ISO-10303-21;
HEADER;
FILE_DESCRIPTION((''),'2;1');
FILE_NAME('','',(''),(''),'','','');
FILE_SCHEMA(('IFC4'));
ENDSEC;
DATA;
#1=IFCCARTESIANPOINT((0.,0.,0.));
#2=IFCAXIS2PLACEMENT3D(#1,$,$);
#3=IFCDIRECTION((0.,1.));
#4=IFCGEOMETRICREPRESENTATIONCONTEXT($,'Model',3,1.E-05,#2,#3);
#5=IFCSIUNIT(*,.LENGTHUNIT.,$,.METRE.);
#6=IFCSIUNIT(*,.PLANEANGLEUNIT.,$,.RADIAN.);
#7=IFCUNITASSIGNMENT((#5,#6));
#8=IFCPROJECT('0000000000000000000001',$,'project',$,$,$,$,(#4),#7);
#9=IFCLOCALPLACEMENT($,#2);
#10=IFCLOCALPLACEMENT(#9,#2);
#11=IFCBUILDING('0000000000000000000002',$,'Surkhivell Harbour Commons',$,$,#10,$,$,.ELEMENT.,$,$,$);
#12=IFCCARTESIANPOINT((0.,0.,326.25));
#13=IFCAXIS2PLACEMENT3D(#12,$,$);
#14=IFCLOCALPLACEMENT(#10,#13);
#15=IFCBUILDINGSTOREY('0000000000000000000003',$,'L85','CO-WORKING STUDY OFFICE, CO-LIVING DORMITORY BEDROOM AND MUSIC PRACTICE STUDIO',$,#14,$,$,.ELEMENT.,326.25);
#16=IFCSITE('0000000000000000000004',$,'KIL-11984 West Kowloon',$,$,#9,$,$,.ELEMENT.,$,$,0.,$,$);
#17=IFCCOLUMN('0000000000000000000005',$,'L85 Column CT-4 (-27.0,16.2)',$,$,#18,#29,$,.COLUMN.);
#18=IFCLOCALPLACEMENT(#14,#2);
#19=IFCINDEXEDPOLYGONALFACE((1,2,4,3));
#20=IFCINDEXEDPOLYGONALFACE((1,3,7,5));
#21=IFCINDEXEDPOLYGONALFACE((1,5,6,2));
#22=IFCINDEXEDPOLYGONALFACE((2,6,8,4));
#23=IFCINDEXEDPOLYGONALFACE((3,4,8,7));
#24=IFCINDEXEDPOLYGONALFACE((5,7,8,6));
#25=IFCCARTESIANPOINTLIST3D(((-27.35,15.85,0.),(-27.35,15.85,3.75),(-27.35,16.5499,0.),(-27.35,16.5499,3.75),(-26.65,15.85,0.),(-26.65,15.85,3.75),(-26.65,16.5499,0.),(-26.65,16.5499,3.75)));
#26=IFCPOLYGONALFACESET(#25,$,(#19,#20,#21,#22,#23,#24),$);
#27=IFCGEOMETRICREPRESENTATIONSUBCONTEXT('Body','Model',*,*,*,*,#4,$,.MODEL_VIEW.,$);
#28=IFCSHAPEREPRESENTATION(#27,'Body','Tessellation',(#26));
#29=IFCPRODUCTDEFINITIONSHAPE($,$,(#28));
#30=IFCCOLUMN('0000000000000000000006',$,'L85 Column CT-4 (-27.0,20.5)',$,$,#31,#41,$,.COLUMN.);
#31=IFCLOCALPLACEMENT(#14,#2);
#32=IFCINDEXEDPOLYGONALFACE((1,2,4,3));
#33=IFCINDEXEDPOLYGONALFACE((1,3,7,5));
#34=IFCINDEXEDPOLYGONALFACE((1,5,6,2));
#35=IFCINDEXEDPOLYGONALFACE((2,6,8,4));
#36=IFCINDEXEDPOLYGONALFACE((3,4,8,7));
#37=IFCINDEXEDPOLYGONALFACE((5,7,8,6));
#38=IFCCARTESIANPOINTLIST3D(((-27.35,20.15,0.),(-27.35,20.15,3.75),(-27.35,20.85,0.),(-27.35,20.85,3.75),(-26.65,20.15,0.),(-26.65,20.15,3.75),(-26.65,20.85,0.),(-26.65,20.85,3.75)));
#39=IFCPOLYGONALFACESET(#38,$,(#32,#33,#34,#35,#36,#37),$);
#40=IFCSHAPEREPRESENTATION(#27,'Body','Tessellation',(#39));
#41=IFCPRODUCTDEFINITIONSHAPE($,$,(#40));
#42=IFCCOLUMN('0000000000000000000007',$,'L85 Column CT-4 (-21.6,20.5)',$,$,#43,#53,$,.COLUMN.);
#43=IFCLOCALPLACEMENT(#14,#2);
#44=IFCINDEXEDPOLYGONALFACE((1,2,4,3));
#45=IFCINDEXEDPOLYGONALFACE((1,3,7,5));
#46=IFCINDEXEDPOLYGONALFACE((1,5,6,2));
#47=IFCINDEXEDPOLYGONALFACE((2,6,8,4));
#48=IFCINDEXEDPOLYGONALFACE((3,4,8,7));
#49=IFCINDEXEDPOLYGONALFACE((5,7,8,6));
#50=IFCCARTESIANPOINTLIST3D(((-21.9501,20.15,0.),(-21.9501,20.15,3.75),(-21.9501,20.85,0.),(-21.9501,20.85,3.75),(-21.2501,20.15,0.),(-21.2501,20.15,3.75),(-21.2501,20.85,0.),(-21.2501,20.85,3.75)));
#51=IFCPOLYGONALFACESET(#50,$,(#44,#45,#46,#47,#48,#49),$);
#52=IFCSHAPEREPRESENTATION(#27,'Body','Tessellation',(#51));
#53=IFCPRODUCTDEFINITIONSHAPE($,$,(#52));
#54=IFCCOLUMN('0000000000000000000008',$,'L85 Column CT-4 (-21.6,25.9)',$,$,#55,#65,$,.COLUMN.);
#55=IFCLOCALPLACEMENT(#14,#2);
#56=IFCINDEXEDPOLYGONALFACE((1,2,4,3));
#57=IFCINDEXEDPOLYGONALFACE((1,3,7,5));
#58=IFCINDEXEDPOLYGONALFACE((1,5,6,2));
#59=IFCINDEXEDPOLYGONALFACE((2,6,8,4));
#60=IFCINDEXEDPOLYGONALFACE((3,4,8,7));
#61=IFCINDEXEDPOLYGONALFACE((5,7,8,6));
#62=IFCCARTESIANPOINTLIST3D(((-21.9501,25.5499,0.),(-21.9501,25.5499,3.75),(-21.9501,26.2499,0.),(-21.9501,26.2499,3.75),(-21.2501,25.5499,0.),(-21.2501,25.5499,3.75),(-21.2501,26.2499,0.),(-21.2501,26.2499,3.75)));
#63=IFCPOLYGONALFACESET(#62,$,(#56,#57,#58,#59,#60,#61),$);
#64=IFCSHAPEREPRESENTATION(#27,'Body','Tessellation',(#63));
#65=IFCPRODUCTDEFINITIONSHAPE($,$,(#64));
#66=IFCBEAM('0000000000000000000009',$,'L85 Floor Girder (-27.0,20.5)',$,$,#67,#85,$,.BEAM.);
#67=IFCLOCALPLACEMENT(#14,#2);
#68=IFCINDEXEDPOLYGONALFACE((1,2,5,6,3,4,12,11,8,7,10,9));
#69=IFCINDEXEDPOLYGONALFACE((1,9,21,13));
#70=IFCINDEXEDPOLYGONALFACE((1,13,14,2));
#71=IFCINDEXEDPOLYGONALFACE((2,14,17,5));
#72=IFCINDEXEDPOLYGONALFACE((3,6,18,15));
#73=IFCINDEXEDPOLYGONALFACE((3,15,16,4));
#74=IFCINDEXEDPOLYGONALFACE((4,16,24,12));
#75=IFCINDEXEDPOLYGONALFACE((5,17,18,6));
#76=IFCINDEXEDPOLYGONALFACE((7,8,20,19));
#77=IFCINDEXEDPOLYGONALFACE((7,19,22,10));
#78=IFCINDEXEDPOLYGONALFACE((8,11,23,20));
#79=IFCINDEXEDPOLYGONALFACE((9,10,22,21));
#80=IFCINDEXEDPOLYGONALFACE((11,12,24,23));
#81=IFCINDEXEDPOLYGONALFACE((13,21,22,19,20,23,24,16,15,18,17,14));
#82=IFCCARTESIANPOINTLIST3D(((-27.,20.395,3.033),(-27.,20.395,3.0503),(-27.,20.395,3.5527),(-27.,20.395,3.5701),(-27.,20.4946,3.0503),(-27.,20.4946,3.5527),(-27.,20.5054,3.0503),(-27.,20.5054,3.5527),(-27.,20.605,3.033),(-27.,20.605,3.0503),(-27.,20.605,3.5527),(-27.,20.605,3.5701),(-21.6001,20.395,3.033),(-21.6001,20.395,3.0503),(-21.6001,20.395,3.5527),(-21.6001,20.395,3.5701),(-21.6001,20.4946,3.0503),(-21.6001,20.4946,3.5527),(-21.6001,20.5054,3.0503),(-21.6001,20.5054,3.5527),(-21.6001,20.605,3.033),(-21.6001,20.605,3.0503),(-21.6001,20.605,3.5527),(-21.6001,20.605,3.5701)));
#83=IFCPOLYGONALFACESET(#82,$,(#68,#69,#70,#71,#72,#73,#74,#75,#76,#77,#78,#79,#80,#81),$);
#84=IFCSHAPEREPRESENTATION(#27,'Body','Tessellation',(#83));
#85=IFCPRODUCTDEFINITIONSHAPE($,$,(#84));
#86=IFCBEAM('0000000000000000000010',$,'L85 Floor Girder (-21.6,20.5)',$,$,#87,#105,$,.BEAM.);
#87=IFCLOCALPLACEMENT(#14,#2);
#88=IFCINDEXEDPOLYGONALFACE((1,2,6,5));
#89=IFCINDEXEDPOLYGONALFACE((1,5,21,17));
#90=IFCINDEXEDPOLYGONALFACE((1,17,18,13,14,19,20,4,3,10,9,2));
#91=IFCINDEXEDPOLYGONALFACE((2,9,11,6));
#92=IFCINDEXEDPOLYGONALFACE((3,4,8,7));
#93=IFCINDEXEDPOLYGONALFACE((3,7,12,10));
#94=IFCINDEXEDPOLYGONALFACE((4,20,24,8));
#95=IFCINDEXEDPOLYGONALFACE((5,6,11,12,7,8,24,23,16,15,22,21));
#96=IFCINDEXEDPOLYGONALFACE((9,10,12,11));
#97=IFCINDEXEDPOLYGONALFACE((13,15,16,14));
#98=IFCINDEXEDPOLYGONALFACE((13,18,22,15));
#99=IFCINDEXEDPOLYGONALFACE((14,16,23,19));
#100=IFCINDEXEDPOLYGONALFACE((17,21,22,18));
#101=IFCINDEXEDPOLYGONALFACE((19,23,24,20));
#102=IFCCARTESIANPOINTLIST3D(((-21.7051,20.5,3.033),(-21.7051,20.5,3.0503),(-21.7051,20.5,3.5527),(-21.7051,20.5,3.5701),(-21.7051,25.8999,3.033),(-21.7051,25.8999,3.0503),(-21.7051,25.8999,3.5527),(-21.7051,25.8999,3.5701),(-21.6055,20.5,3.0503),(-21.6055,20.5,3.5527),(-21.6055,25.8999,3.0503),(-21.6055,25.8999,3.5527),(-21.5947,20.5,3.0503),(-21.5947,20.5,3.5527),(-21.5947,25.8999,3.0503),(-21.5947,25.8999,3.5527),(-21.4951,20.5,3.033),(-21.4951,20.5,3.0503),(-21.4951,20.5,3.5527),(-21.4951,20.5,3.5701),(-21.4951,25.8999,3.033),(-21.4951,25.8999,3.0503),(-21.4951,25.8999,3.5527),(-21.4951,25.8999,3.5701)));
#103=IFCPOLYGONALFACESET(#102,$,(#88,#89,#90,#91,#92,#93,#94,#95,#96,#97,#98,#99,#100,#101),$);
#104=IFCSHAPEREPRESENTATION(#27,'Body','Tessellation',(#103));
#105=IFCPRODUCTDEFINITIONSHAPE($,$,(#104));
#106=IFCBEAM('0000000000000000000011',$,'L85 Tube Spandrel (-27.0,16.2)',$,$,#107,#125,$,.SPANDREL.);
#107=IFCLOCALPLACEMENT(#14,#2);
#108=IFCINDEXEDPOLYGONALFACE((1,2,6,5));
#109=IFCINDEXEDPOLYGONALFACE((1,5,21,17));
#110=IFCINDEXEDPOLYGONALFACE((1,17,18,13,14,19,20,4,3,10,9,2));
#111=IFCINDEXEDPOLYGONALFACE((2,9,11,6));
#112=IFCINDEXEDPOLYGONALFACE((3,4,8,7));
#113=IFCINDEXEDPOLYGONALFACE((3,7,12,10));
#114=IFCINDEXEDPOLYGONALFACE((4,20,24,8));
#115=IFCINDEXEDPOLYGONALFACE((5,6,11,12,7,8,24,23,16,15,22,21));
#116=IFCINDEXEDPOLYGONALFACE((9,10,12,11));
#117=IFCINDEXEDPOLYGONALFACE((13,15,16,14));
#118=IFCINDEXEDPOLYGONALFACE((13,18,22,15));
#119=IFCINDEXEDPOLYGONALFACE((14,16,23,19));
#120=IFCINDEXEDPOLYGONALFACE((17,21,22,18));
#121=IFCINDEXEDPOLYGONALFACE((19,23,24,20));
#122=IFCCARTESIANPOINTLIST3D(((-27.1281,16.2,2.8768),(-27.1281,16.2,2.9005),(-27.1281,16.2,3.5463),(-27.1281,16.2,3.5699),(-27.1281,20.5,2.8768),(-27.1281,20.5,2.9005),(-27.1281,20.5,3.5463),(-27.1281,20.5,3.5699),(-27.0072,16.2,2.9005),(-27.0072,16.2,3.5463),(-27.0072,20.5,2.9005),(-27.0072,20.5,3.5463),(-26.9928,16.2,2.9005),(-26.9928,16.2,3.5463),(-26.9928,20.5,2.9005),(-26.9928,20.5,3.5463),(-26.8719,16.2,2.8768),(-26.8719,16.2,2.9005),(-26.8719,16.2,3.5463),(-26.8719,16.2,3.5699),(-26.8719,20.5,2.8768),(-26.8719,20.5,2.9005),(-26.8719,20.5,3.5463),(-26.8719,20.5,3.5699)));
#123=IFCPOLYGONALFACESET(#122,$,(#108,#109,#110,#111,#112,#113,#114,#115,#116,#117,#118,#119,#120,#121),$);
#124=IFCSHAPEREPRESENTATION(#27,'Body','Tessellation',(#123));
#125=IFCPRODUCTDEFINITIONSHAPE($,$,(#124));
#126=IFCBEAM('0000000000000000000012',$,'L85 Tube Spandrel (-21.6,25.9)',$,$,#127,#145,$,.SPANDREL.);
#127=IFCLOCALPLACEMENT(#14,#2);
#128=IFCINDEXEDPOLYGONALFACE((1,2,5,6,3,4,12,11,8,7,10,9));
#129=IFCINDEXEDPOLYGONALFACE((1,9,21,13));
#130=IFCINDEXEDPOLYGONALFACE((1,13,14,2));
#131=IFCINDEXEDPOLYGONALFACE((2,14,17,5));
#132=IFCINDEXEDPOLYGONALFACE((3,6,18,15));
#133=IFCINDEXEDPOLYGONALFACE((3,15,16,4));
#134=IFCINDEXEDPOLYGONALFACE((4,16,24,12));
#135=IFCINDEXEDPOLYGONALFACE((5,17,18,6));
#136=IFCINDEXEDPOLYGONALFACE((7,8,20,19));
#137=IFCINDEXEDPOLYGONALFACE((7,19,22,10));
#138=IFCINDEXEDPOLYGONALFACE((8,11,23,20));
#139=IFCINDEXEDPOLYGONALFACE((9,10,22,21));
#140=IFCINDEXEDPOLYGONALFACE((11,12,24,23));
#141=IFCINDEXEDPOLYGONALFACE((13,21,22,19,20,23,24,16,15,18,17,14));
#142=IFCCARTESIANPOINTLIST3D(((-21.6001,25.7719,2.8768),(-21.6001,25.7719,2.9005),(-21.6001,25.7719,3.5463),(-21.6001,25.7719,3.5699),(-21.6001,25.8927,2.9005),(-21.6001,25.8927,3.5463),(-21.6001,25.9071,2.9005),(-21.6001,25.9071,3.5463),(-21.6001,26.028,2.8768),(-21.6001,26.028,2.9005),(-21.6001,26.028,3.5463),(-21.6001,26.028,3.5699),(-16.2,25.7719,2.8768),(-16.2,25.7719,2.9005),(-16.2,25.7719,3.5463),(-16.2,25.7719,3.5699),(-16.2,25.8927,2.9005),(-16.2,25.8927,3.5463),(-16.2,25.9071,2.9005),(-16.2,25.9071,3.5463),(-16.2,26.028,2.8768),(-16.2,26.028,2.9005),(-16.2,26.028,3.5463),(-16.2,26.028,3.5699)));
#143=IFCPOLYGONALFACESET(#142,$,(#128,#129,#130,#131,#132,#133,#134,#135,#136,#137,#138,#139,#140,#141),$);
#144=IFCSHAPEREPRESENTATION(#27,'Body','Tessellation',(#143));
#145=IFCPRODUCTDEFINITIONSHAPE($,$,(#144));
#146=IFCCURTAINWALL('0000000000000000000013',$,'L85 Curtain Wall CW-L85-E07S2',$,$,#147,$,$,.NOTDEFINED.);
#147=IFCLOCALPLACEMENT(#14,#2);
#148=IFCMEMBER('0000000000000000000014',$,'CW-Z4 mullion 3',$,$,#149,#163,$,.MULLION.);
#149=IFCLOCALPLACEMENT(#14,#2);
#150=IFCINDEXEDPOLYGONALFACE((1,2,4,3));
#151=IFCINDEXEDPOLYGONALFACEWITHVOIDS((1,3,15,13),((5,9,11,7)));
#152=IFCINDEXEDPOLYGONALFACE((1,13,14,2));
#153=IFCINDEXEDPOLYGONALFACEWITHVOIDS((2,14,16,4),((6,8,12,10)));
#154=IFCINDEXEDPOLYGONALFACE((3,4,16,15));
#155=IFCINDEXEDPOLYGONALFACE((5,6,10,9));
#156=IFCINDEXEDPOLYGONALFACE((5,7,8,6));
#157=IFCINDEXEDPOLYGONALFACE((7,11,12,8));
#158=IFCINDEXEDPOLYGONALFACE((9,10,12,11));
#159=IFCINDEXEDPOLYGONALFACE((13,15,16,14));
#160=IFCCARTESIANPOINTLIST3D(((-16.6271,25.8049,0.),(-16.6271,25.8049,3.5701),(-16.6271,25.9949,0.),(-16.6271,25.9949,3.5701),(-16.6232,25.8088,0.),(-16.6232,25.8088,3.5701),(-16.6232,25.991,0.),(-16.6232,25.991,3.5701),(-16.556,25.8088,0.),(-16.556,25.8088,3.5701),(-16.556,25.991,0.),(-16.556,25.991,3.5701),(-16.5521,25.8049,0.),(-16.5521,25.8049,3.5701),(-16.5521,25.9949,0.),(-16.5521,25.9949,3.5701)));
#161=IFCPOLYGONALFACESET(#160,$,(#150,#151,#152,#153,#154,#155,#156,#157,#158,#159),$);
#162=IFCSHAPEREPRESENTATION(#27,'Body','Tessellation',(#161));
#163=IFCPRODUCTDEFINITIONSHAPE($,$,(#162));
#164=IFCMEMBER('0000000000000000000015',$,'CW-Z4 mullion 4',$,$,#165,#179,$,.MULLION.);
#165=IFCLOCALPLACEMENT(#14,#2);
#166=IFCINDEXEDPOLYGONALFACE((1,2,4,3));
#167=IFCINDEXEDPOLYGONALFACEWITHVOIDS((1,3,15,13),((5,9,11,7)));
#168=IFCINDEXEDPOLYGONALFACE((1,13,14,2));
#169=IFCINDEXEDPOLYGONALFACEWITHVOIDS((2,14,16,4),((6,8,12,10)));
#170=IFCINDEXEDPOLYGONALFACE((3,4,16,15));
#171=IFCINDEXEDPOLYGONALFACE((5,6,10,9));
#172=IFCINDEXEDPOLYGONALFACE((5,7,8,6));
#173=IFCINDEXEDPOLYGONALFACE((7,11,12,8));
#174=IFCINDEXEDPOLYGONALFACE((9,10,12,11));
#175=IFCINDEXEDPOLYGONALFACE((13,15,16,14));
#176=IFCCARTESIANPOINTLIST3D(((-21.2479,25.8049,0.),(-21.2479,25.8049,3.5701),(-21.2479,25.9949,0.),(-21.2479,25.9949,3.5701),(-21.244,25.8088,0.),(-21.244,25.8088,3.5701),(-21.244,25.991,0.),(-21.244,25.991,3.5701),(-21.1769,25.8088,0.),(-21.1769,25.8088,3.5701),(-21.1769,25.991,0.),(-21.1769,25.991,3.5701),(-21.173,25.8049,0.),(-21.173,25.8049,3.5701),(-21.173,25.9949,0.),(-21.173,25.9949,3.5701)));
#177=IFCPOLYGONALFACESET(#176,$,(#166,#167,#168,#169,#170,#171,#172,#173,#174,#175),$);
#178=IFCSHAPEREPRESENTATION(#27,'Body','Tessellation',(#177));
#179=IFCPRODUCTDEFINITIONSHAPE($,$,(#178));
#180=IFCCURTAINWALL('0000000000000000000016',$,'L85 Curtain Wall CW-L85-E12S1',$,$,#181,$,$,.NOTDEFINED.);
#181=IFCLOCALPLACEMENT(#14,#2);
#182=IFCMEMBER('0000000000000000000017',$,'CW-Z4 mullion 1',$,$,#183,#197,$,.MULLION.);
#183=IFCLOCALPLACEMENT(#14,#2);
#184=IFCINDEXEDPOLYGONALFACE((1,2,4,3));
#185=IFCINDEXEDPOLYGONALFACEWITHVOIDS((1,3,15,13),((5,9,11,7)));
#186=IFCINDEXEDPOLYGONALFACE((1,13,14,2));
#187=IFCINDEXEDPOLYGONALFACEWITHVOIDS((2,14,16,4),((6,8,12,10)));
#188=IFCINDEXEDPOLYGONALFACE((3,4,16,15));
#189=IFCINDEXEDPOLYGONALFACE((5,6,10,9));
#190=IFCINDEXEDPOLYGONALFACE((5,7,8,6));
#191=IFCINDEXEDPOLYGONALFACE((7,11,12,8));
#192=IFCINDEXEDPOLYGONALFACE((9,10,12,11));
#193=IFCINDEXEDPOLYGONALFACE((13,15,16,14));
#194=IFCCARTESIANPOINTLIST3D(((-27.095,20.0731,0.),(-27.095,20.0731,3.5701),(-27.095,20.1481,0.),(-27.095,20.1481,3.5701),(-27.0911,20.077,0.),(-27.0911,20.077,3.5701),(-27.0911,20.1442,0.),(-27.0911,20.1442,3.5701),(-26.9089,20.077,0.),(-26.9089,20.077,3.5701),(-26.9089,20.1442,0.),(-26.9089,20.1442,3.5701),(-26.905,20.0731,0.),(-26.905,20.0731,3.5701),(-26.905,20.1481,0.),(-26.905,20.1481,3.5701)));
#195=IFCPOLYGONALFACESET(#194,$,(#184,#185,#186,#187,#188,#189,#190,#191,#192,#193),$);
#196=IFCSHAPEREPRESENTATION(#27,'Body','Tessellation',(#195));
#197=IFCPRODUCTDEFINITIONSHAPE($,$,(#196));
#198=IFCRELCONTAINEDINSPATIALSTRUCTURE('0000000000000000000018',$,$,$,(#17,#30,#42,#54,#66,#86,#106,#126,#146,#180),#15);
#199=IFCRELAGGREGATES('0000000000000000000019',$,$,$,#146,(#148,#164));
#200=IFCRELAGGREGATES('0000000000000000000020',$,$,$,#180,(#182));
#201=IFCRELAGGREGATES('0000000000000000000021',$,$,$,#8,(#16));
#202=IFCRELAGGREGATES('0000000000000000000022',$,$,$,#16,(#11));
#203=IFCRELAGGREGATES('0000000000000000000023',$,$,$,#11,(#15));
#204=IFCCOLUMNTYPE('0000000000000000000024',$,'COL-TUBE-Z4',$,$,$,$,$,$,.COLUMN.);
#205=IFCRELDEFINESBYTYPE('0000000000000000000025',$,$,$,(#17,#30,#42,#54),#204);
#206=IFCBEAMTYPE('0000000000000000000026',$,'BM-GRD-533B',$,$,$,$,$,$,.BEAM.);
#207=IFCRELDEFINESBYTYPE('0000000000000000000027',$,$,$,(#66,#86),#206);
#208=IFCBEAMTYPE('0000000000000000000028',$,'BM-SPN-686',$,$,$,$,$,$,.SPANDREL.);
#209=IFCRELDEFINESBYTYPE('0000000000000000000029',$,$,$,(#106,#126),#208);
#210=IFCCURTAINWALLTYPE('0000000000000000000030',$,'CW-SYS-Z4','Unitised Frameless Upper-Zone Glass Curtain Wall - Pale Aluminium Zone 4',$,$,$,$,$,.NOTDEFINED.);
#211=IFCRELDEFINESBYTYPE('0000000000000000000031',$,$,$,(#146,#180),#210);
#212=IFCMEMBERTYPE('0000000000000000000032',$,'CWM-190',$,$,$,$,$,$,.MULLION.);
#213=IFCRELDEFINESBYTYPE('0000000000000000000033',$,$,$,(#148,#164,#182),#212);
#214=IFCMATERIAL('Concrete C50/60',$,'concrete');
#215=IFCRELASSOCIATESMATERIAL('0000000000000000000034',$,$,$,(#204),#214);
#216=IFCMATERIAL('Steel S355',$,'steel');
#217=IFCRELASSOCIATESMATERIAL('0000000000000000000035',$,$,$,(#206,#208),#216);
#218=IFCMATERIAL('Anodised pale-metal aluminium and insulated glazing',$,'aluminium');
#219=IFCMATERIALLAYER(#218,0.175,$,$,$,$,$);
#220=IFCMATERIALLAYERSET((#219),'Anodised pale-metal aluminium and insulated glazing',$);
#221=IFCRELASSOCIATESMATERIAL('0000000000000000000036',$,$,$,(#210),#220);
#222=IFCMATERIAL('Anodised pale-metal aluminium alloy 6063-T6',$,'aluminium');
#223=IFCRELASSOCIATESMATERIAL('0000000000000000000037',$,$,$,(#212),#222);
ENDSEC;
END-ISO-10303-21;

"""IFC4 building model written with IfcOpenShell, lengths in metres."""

from ifc_helpers import new_model, si_unit, direction, frame, origin, origin_2d, place, context, subcontext, project, spatial, rectangle, hollow_rectangle, i_section, extrude, material, layer, layer_set, material_profile, profile_set, type_object, element, aggregate, save


model = new_model("IFC4")

# Units and contexts
model_context = context("Model", 3, precision=1e-05, world=origin(), true_north=direction((0.0, 1.0)))
body_context = subcontext(model_context, "Body", "Model", "MODEL_VIEW")
ifc_project = project(units=[si_unit("LENGTHUNIT", "METRE"), si_unit("PLANEANGLEUNIT", "RADIAN")], contexts=[model_context])

# Site, building, storey
site_placement = place(None, origin())
site = spatial("IfcSite", under=ifc_project, at=site_placement, Name="KIL-11984 West Kowloon", CompositionType="ELEMENT", RefElevation=0.0)
building_placement = place(site_placement, origin())
building = spatial("IfcBuilding", under=site, at=building_placement, Name="Surkhivell Harbour Commons", CompositionType="ELEMENT")
storey_placement = place(building_placement, frame((0.0, 0.0, 326.25)))
storey = spatial("IfcBuildingStorey", under=building, at=storey_placement, Name="L85", Description="CO-WORKING STUDY OFFICE, CO-LIVING DORMITORY BEDROOM AND MUSIC PRACTICE STUDIO", CompositionType="ELEMENT", Elevation=326.25)

# Columns
ifc_material_1 = material(Name="Concrete C50/60", Category="concrete")
ifc_material_profile_1 = material_profile(ifc_material_1, rectangle(XDim=0.7, YDim=0.7, at=origin_2d()), Name="RC-COL-700x700")
ifc_profile_set_1 = profile_set([ifc_material_profile_1], Name="Concrete C50/60")
column_type = type_object("IfcColumnType", Name="COL-TUBE-Z4", PredefinedType="COLUMN", material=ifc_profile_set_1)
for number, where, z_axis, x_axis, name in (
    (1, (-27.0, 16.2, 0.0), (0.0, 0.0, 1.0), (1.0, 0.0, 0.0), "L85 Column CT-4 (-27.0,16.2)"),
    (2, (-27.0, 20.5, 0.0), (0.0, 0.0, 1.0), (1.0, 0.0, 0.0), "L85 Column CT-4 (-27.0,20.5)"),
    (3, (-21.6001, 20.5, 0.0), (0.0, 0.0, 1.0), (1.0, 0.0, 0.0), "L85 Column CT-4 (-21.6,20.5)"),
    (4, (-21.6001, 25.8999, 0.0), (0.0, 0.0, 1.0), (1.0, 0.0, 0.0), "L85 Column CT-4 (-21.6,25.9)"),
):
    element("IfcColumn", number, at=place(storey_placement, frame(where, z_axis=z_axis, x_axis=x_axis)), inside=storey, type_object=column_type, Name=name, PredefinedType="COLUMN", context=body_context, shape_type="SweptSolid", body=[
        extrude(rectangle(XDim=0.7, YDim=0.7, at=origin_2d()), origin(), (0.0, 0.0, 1.0), 3.75),
    ])

# Beams
ifc_material_2 = material(Name="Steel S355", Category="steel")
ifc_material_profile_2 = material_profile(ifc_material_2, i_section(OverallWidth=0.21, OverallDepth=0.5371, WebThickness=0.0107, FlangeThickness=0.0173, at=origin_2d()), Name="UB533x210x101")
ifc_profile_set_2 = profile_set([ifc_material_profile_2], Name="Steel S355")
beam_type_1 = type_object("IfcBeamType", Name="BM-GRD-533B", PredefinedType="BEAM", material=ifc_profile_set_2)
for number, where, z_axis, x_axis, name in (
    (5, (-27.0, 20.5, 3.3015), (1.0, 0.0, 0.0), (0.0, 1.0, 0.0), "L85 Floor Girder (-27.0,20.5)"),
    (6, (-21.6001, 20.5, 3.3015), (0.0, 1.0, 0.0), (-1.0, 0.0, 0.0), "L85 Floor Girder (-21.6,20.5)"),
):
    element("IfcBeam", number, at=place(storey_placement, frame(where, z_axis=z_axis, x_axis=x_axis)), inside=storey, type_object=beam_type_1, Name=name, PredefinedType="BEAM", context=body_context, shape_type="SweptSolid", body=[
        extrude(i_section(OverallWidth=0.21, OverallDepth=0.5371, WebThickness=0.0107, FlangeThickness=0.0173, at=origin_2d()), origin(), (0.0, 0.0, 1.0), 5.3999),
    ])
ifc_material_profile_3 = material_profile(ifc_material_2, i_section(OverallWidth=0.2561, OverallDepth=0.6931, WebThickness=0.0144, FlangeThickness=0.0237, at=origin_2d()), Name="UB686x254x170")
ifc_profile_set_3 = profile_set([ifc_material_profile_3], Name="Steel S355")
beam_type_2 = type_object("IfcBeamType", Name="BM-SPN-686", PredefinedType="SPANDREL", material=ifc_profile_set_3)
beam_1_placement = place(storey_placement, frame((-27.0, 16.2, 3.2234), z_axis=(0.0, 1.0, 0.0), x_axis=(-1.0, 0.0, 0.0)))
element("IfcBeam", 7, at=beam_1_placement, inside=storey, type_object=beam_type_2, Name="L85 Tube Spandrel (-27.0,16.2)", PredefinedType="SPANDREL", context=body_context, shape_type="SweptSolid", body=[
    extrude(i_section(OverallWidth=0.2561, OverallDepth=0.6931, WebThickness=0.0144, FlangeThickness=0.0237, at=origin_2d()), origin(), (0.0, 0.0, 1.0), 4.3),
])
beam_2_placement = place(storey_placement, frame((-21.6001, 25.8999, 3.2234), z_axis=(1.0, 0.0, 0.0), x_axis=(0.0, 1.0, 0.0)))
element("IfcBeam", 8, at=beam_2_placement, inside=storey, type_object=beam_type_2, Name="L85 Tube Spandrel (-21.6,25.9)", PredefinedType="SPANDREL", context=body_context, shape_type="SweptSolid", body=[
    extrude(i_section(OverallWidth=0.2561, OverallDepth=0.6931, WebThickness=0.0144, FlangeThickness=0.0237, at=origin_2d()), origin(), (0.0, 0.0, 1.0), 5.4001),
])

# Curtain walls, members
ifc_material_3 = material(Name="Anodised pale-metal aluminium and insulated glazing", Category="aluminium")
ifc_layer_1 = layer(ifc_material_3, 0.175)
ifc_layer_set_1 = layer_set([ifc_layer_1], Name="Anodised pale-metal aluminium and insulated glazing")
curtain_wall_type = type_object("IfcCurtainWallType", Name="CW-SYS-Z4", Description="Unitised Frameless Upper-Zone Glass Curtain Wall - Pale Aluminium Zone 4", PredefinedType="NOTDEFINED", material=ifc_layer_set_1)
curtain_wall_1_placement = place(storey_placement, origin())
curtain_wall_1 = element("IfcCurtainWall", 9, at=curtain_wall_1_placement, inside=storey, type_object=curtain_wall_type, Name="L85 Curtain Wall CW-L85-E07S2", PredefinedType="NOTDEFINED")
ifc_material_4 = material(Name="Anodised pale-metal aluminium alloy 6063-T6", Category="aluminium")
ifc_material_profile_4 = material_profile(ifc_material_4, hollow_rectangle(XDim=0.075, YDim=0.1899, WallThickness=0.0039, at=origin_2d()), Name="ALU-MULL-75x190")
ifc_profile_set_4 = profile_set([ifc_material_profile_4], Name="Anodised pale-metal aluminium alloy 6063-T6")
member_type_1 = type_object("IfcMemberType", Name="CWM-190", PredefinedType="MULLION", material=ifc_profile_set_4)
member_1_placement = place(storey_placement, frame((-16.5896, 25.8999, 0.0), z_axis=(0.0, 0.0, 1.0), x_axis=(-1.0, 0.0, 0.0)))
member_1 = element("IfcMember", 10, at=member_1_placement, type_object=member_type_1, Name="CW-Z4 mullion 3", PredefinedType="MULLION", context=body_context, shape_type="SweptSolid", body=[
    extrude(hollow_rectangle(XDim=0.075, YDim=0.1899, WallThickness=0.0039, at=origin_2d()), origin(), (0.0, 0.0, 1.0), 3.5701),
])
member_2_placement = place(storey_placement, frame((-21.2104, 25.8999, 0.0), z_axis=(0.0, 0.0, 1.0), x_axis=(-1.0, 0.0, 0.0)))
member_2 = element("IfcMember", 11, at=member_2_placement, type_object=member_type_1, Name="CW-Z4 mullion 4", PredefinedType="MULLION", context=body_context, shape_type="SweptSolid", body=[
    extrude(hollow_rectangle(XDim=0.075, YDim=0.1899, WallThickness=0.0039, at=origin_2d()), origin(), (0.0, 0.0, 1.0), 3.5701),
])
curtain_wall_2_placement = place(storey_placement, origin())
curtain_wall_2 = element("IfcCurtainWall", 12, at=curtain_wall_2_placement, inside=storey, type_object=curtain_wall_type, Name="L85 Curtain Wall CW-L85-E12S1", PredefinedType="NOTDEFINED")
member_3_placement = place(storey_placement, frame((-27.0, 20.1106, 0.0), z_axis=(0.0, 0.0, 1.0), x_axis=(0.0, -1.0, 0.0)))
member_3 = element("IfcMember", 13, at=member_3_placement, type_object=member_type_1, Name="CW-Z4 mullion 1", PredefinedType="MULLION", context=body_context, shape_type="SweptSolid", body=[
    extrude(hollow_rectangle(XDim=0.075, YDim=0.1899, WallThickness=0.0039, at=origin_2d()), origin(), (0.0, 0.0, 1.0), 3.5701),
])

aggregate(curtain_wall_1, [member_1, member_2])
aggregate(curtain_wall_2, [member_3])

save(model, "model.ifc")
